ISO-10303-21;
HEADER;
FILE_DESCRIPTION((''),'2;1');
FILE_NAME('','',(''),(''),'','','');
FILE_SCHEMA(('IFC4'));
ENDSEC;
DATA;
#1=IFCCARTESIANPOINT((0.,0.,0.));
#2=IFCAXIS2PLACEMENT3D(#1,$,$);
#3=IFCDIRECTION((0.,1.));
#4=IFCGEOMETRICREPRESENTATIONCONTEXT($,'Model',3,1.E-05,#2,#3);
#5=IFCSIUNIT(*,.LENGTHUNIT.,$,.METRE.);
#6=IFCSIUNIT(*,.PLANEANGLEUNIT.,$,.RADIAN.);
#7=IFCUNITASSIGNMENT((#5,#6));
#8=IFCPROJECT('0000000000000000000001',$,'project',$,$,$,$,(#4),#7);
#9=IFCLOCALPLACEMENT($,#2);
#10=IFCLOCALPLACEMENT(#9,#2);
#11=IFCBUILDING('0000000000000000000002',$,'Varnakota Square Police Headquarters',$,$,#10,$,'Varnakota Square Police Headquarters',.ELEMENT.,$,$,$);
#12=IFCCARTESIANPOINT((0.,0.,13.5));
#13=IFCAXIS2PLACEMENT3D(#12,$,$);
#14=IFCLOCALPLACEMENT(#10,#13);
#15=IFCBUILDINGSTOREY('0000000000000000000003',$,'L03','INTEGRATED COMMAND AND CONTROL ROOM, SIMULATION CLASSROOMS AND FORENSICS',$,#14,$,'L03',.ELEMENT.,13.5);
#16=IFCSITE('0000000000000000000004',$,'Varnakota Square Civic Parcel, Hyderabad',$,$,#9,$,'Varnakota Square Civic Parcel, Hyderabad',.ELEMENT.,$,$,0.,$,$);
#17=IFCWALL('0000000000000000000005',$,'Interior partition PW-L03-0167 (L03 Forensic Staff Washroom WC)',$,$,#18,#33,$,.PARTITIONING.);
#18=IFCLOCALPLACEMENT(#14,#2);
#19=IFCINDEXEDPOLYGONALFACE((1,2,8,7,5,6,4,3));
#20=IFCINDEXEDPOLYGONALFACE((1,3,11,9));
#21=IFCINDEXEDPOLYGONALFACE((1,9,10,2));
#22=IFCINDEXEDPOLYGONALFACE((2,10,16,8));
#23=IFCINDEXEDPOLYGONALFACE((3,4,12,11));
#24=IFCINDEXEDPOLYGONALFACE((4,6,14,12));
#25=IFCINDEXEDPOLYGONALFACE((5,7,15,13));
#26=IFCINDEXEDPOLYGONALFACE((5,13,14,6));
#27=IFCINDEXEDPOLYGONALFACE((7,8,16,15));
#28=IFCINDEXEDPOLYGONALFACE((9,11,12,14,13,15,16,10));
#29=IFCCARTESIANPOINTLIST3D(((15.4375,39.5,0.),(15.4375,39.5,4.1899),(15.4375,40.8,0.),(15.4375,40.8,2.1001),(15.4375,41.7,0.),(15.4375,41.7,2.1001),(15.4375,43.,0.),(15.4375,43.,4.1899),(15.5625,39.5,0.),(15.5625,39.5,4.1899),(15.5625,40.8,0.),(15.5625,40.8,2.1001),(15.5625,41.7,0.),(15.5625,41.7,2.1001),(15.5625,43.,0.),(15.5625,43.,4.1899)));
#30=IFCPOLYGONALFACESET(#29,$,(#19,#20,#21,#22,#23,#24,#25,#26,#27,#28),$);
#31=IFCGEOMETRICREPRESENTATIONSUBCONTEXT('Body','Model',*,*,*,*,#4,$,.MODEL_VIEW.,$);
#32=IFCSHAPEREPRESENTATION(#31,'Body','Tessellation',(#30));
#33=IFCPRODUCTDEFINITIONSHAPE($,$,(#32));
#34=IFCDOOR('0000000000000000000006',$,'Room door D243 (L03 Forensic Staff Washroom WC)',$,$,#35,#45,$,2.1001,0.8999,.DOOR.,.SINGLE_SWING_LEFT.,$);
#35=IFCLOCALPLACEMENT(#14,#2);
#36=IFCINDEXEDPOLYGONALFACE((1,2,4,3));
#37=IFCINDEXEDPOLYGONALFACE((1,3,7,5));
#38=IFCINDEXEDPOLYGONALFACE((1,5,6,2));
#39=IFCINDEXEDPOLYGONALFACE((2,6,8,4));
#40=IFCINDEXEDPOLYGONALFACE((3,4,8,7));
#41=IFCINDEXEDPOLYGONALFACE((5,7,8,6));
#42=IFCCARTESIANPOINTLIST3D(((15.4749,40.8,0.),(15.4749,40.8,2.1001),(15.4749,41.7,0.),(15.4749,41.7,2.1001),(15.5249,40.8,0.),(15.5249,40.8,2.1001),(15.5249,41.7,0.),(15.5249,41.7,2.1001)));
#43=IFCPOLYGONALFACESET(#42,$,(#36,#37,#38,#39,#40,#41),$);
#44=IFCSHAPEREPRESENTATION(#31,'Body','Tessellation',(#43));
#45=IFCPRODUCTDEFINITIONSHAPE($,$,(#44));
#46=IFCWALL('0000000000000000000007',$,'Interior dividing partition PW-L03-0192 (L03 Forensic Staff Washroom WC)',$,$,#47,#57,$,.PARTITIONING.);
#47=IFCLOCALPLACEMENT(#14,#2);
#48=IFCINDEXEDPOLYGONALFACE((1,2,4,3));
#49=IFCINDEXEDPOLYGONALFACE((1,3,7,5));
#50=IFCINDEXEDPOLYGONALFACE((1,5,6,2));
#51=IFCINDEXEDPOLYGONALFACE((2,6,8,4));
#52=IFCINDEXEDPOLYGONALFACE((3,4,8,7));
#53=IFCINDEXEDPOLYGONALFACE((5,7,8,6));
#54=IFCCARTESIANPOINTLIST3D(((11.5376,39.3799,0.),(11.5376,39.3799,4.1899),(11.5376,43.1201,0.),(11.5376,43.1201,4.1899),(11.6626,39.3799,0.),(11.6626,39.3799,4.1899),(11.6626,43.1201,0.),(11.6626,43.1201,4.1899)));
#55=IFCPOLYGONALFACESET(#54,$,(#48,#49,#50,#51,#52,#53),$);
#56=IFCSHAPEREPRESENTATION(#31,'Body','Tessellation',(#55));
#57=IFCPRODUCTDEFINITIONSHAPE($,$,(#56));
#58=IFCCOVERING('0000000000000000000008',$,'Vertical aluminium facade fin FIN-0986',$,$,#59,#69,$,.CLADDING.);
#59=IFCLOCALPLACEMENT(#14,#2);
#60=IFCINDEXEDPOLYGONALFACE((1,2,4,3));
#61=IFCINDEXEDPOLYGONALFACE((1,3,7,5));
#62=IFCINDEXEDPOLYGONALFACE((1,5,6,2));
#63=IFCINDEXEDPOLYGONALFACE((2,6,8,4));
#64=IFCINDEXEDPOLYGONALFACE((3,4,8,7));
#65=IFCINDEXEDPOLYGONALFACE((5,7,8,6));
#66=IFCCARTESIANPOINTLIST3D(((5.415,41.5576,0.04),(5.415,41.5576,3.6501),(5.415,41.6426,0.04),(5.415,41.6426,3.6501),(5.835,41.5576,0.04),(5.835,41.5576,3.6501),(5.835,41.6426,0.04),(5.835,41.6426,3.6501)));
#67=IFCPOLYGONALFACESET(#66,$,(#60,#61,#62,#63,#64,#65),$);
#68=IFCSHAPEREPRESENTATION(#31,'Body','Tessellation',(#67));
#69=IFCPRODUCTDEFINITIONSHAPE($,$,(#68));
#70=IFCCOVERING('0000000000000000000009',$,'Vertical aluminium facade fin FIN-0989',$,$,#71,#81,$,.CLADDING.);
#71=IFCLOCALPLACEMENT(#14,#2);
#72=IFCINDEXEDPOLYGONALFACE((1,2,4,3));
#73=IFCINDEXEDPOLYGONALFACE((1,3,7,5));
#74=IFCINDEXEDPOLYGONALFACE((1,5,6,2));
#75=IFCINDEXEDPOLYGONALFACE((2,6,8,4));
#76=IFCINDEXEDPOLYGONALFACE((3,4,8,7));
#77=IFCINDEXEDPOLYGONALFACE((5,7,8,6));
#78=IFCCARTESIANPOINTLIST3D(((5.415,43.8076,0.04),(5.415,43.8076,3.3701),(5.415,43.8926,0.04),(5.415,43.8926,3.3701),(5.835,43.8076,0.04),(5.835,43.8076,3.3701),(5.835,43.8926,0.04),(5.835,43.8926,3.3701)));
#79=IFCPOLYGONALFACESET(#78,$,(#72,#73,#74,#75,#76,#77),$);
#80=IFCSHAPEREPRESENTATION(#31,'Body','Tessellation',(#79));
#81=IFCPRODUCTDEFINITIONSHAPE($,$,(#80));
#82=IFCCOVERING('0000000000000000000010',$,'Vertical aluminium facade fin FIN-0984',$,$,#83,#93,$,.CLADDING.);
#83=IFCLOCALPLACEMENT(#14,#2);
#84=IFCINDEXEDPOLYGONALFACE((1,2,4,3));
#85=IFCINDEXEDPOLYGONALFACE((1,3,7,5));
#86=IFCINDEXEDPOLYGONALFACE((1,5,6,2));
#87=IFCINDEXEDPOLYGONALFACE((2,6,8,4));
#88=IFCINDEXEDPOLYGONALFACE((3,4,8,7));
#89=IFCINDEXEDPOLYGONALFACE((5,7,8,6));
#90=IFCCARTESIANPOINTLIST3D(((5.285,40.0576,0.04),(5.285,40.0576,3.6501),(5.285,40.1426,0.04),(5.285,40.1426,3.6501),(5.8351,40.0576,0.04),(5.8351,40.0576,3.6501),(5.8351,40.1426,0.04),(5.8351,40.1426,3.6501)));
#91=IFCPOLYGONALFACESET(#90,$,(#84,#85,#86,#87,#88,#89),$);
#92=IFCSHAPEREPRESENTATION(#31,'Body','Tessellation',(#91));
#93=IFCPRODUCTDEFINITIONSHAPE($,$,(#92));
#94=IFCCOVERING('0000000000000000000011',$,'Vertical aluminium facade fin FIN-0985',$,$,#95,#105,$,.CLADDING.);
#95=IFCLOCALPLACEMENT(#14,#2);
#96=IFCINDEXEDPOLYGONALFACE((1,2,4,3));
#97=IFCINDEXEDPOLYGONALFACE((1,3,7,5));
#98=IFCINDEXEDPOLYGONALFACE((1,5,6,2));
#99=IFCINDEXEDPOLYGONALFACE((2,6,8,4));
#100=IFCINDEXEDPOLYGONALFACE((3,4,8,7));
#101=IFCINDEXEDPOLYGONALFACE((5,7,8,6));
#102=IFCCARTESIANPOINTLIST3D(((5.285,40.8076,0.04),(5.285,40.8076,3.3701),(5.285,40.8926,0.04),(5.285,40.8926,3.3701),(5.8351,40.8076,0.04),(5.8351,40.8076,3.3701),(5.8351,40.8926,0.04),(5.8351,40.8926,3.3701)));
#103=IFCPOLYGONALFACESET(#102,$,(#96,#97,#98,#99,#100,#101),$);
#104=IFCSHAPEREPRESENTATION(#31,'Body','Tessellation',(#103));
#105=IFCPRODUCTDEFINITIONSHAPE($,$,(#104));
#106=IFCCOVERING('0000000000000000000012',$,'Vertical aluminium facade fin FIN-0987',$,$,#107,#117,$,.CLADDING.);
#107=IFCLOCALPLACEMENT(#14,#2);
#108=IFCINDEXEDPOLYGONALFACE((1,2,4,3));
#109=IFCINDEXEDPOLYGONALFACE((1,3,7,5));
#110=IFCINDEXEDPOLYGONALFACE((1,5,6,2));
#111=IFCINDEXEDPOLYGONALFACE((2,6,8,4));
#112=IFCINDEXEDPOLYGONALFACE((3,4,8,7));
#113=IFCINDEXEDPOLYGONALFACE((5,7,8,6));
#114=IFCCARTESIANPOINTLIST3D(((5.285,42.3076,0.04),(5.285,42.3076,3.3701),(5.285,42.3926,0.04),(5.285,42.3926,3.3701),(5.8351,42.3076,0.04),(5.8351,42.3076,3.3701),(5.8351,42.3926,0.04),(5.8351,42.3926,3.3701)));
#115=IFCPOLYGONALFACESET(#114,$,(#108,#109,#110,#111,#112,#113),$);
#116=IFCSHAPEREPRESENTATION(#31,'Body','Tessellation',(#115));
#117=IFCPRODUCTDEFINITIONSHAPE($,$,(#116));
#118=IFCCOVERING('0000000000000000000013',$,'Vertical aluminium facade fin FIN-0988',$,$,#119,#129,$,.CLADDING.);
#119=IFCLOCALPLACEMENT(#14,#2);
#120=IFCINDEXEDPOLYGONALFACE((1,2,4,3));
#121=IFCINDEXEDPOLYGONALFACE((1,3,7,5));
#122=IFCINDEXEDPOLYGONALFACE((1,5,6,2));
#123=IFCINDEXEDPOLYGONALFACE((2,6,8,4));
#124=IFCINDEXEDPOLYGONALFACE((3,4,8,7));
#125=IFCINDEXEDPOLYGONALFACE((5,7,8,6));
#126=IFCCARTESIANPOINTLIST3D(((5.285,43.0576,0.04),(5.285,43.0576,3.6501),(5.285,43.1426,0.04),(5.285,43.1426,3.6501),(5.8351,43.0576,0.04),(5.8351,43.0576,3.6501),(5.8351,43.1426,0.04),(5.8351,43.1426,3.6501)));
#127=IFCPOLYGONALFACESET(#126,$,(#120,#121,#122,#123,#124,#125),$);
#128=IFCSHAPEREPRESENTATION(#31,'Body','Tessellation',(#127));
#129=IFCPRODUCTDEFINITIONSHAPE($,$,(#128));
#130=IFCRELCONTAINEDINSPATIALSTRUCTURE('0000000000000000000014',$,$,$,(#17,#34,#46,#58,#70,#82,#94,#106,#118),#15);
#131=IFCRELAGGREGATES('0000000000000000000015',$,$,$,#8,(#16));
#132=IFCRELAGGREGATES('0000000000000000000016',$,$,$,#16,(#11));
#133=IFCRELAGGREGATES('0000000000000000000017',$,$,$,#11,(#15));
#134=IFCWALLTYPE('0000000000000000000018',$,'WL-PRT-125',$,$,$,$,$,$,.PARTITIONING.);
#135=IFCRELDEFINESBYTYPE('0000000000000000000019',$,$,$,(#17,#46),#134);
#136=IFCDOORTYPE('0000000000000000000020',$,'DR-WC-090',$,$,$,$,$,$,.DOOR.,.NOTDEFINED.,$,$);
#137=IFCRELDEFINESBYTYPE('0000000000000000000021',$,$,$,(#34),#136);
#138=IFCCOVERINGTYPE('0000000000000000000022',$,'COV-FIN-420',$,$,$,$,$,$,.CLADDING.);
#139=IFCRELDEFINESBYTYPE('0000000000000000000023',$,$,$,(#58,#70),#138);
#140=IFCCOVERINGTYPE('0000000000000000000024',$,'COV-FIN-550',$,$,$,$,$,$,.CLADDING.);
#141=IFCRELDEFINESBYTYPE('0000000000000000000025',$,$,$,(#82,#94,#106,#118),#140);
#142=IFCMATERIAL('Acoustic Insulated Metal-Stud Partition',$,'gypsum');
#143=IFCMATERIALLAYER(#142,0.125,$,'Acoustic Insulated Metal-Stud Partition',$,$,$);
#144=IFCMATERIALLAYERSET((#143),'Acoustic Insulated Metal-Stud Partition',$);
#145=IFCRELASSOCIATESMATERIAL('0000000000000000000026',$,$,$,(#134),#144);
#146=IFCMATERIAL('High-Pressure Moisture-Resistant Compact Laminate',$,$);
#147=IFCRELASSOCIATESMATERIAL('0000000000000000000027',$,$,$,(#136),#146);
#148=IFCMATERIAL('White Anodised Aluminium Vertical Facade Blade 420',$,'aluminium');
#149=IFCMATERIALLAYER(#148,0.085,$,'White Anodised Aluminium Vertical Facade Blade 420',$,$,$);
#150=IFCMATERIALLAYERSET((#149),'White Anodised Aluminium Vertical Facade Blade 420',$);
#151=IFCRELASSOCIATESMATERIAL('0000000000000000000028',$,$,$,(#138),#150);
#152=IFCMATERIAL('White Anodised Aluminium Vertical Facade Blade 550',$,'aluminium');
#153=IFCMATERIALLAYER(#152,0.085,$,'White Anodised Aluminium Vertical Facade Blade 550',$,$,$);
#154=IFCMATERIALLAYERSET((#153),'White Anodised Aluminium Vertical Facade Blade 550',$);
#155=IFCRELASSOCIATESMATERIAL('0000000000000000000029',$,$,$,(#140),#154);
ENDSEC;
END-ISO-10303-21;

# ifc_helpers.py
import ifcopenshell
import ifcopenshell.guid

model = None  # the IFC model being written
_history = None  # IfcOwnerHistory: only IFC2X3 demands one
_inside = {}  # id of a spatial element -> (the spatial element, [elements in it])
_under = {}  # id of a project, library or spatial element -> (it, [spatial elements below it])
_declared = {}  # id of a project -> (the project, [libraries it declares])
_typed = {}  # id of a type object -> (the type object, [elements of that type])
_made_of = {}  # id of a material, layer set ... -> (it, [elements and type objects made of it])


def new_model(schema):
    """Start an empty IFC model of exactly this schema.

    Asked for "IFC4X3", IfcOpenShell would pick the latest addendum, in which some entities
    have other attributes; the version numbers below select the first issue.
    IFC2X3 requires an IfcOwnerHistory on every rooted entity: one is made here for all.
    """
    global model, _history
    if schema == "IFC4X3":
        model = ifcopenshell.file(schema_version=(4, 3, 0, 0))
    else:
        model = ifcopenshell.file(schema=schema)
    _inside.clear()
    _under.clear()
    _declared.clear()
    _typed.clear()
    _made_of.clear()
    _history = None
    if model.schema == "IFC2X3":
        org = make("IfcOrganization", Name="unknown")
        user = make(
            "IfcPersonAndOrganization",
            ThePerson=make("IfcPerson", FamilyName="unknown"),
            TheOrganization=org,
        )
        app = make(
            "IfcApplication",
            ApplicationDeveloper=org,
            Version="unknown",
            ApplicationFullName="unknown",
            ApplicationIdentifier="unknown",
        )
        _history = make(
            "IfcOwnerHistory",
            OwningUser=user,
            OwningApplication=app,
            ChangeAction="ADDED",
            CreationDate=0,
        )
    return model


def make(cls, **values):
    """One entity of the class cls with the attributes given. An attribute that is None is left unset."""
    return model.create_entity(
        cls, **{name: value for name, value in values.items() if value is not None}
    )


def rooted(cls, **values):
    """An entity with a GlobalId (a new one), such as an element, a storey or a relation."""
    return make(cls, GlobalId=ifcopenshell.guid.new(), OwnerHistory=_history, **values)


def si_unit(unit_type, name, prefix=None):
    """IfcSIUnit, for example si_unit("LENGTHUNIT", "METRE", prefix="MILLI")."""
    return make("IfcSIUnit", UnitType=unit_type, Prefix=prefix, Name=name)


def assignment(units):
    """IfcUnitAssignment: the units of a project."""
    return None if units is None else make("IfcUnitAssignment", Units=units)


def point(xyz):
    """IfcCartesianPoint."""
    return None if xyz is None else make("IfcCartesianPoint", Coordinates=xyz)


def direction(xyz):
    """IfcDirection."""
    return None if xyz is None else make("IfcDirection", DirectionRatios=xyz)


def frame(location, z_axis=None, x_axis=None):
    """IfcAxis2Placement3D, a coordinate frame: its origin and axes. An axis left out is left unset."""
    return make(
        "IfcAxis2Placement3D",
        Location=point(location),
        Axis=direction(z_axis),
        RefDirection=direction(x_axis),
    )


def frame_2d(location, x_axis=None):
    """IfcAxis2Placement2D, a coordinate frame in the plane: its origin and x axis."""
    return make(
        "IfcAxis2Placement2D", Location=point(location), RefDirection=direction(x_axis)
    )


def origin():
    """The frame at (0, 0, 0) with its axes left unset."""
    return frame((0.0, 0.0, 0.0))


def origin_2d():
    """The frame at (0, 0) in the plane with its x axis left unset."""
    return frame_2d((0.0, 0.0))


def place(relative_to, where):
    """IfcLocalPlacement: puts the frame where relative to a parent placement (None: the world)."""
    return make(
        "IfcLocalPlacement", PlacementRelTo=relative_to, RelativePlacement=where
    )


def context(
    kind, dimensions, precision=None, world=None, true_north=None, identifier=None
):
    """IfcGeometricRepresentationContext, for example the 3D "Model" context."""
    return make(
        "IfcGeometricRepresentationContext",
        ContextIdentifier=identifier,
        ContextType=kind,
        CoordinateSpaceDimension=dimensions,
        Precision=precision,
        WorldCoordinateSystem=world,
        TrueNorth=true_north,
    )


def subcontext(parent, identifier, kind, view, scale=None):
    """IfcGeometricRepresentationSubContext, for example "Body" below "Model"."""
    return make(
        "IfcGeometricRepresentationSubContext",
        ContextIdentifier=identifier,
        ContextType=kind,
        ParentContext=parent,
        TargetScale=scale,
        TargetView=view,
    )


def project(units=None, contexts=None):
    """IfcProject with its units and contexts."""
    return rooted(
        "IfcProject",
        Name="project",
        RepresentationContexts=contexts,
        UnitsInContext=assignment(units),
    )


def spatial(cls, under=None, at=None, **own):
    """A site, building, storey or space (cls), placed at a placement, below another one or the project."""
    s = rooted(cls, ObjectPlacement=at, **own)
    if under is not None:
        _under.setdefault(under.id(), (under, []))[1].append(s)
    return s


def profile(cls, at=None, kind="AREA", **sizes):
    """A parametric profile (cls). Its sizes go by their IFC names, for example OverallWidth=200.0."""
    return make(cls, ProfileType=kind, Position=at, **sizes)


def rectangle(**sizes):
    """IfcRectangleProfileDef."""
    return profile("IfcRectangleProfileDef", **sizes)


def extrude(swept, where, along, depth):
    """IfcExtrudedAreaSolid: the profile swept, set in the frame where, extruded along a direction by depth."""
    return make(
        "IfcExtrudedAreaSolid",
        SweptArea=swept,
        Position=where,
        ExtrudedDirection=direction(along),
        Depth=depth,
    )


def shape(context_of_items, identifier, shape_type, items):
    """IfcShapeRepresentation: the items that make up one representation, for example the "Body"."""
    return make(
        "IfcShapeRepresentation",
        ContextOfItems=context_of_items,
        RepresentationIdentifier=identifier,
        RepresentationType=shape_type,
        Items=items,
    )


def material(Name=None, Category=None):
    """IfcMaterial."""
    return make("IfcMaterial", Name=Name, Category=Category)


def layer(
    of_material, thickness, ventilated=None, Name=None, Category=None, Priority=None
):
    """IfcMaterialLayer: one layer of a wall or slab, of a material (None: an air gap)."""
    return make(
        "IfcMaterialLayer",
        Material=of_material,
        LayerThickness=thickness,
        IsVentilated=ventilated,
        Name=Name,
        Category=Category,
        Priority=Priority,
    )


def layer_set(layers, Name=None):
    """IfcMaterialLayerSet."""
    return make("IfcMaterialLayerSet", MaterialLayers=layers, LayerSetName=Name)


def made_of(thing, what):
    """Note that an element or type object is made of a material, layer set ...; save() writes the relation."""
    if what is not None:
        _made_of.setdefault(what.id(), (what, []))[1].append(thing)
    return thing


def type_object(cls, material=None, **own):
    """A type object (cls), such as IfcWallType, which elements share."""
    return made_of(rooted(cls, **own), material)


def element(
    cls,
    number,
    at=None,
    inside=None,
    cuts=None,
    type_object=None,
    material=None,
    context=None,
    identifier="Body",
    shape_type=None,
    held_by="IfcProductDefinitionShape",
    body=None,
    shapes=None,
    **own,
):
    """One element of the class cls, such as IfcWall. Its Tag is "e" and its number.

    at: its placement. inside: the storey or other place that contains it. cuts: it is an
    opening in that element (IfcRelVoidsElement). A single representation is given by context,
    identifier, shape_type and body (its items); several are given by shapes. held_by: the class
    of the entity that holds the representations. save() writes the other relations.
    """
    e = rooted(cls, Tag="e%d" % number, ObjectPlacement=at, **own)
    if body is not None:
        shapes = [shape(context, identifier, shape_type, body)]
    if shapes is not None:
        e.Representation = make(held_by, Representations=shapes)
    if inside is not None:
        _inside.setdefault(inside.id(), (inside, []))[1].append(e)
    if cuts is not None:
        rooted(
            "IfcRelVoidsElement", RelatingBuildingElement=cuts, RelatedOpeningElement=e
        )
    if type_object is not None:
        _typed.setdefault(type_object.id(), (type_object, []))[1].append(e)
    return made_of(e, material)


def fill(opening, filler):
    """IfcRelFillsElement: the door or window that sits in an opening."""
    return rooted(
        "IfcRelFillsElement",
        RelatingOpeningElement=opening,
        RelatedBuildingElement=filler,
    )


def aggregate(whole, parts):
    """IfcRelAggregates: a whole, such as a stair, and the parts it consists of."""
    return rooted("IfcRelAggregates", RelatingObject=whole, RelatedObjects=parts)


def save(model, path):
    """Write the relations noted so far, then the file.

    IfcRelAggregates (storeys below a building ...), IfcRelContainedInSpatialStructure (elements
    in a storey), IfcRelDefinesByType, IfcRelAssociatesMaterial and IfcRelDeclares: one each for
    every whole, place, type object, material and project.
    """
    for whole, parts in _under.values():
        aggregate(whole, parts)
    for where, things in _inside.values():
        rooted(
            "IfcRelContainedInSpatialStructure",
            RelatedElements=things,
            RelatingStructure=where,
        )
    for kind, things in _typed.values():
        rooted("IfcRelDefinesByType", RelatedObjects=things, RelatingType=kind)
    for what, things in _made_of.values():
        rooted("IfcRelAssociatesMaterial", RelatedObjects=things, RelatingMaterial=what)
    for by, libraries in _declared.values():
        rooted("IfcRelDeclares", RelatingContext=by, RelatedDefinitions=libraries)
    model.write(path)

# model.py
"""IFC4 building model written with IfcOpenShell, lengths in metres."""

from ifc_helpers import new_model, si_unit, direction, frame, frame_2d, origin, origin_2d, place, context, subcontext, project, spatial, rectangle, extrude, material, layer, layer_set, type_object, element, fill, save


model = new_model("IFC4")

# Units and contexts
model_context = context("Model", 3, precision=1e-05, world=origin(), true_north=direction((0.0, 1.0)))
body_context = subcontext(model_context, "Body", "Model", "MODEL_VIEW")
ifc_project = project(units=[si_unit("LENGTHUNIT", "METRE"), si_unit("PLANEANGLEUNIT", "RADIAN")], contexts=[model_context])

# Site, building, storey
site_placement = place(None, origin())
site = spatial("IfcSite", under=ifc_project, at=site_placement, Name="Varnakota Square Civic Parcel, Hyderabad", LongName="Varnakota Square Civic Parcel, Hyderabad", CompositionType="ELEMENT", RefElevation=0.0)
building_placement = place(site_placement, origin())
building = spatial("IfcBuilding", under=site, at=building_placement, Name="Varnakota Square Police Headquarters", LongName="Varnakota Square Police Headquarters", CompositionType="ELEMENT")
storey_placement = place(building_placement, frame((0.0, 0.0, 13.5)))
storey = spatial("IfcBuildingStorey", under=building, at=storey_placement, Name="L03", Description="INTEGRATED COMMAND AND CONTROL ROOM, SIMULATION CLASSROOMS AND FORENSICS", LongName="L03", CompositionType="ELEMENT", Elevation=13.5)

# Wall, opening, door
ifc_material_1 = material(Name="Acoustic Insulated Metal-Stud Partition", Category="gypsum")
ifc_layer_1 = layer(ifc_material_1, 0.125, Name="Acoustic Insulated Metal-Stud Partition")
ifc_layer_set_1 = layer_set([ifc_layer_1], Name="Acoustic Insulated Metal-Stud Partition")
wall_type_1 = type_object("IfcWallType", Name="WL-PRT-125", PredefinedType="PARTITIONING", material=ifc_layer_set_1)
wall_1_placement = place(storey_placement, frame((15.5, 43.0, 0.0), z_axis=(0.0, 0.0, 1.0), x_axis=(0.0, -1.0, 0.0)))
wall_1 = element("IfcWall", 1, at=wall_1_placement, inside=storey, type_object=wall_type_1, Name="Interior partition PW-L03-0167 (L03 Forensic Staff Washroom WC)", PredefinedType="PARTITIONING", context=body_context, shape_type="SweptSolid", body=[
    extrude(rectangle(XDim=3.5, YDim=0.125, at=frame_2d((1.75, 0.0))), origin(), (0.0, 0.0, 1.0), 4.1899),
])
opening_placement = place(wall_1_placement, frame((1.3, 0.0, 0.0)))
opening = element("IfcOpeningElement", 2, at=opening_placement, cuts=wall_1, PredefinedType="OPENING", context=body_context, shape_type="SweptSolid", body=[
    extrude(rectangle(XDim=0.8999, YDim=2.1001, at=frame_2d((0.45, 1.05))), frame((0.0, 0.0725, 0.0), z_axis=(0.0, -1.0, 0.0), x_axis=(1.0, 0.0, 0.0)), (0.0, 0.0, 1.0), 0.145),
])
ifc_material_2 = material(Name="High-Pressure Moisture-Resistant Compact Laminate")
door_type = type_object("IfcDoorType", Name="DR-WC-090", OperationType="NOTDEFINED", PredefinedType="DOOR", material=ifc_material_2)
door_placement = place(opening_placement, origin())
door = element("IfcDoor", 3, at=door_placement, inside=storey, type_object=door_type, Name="Room door D243 (L03 Forensic Staff Washroom WC)", OperationType="SINGLE_SWING_LEFT", OverallHeight=2.1001, OverallWidth=0.8999, PredefinedType="DOOR", context=body_context, shape_type="SweptSolid", body=[
    extrude(rectangle(XDim=0.8999, YDim=2.1001, at=frame_2d((0.45, 1.05))), frame((0.0, 0.0249, 0.0), z_axis=(0.0, -1.0, 0.0), x_axis=(1.0, 0.0, 0.0)), (0.0, 0.0, 1.0), 0.05),
])
fill(opening, door)

# Wall
wall_2_placement = place(storey_placement, frame((11.6001, 39.3799, 0.0), z_axis=(0.0, 0.0, 1.0), x_axis=(0.0, 1.0, 0.0)))
element("IfcWall", 4, at=wall_2_placement, inside=storey, type_object=wall_type_1, Name="Interior dividing partition PW-L03-0192 (L03 Forensic Staff Washroom WC)", PredefinedType="PARTITIONING", context=body_context, shape_type="SweptSolid", body=[
    extrude(rectangle(XDim=3.7402, YDim=0.125, at=frame_2d((1.8701, 0.0))), origin(), (0.0, 0.0, 1.0), 4.1899),
])

# Coverings
ifc_material_3 = material(Name="White Anodised Aluminium Vertical Facade Blade 420", Category="aluminium")
ifc_layer_2 = layer(ifc_material_3, 0.085, Name="White Anodised Aluminium Vertical Facade Blade 420")
ifc_layer_set_2 = layer_set([ifc_layer_2], Name="White Anodised Aluminium Vertical Facade Blade 420")
covering_type_1 = type_object("IfcCoveringType", Name="COV-FIN-420", PredefinedType="CLADDING", material=ifc_layer_set_2)
covering_1_placement = place(storey_placement, frame((5.625, 41.6001, 0.04), z_axis=(0.0, 0.0, 1.0), x_axis=(0.0, 1.0, 0.0)))
element("IfcCovering", 5, at=covering_1_placement, inside=storey, type_object=covering_type_1, Name="Vertical aluminium facade fin FIN-0986", PredefinedType="CLADDING", context=body_context, shape_type="SweptSolid", body=[
    extrude(rectangle(XDim=0.085, YDim=0.4199, at=origin_2d()), origin(), (0.0, 0.0, 1.0), 3.6101),
])
covering_2_placement = place(storey_placement, frame((5.625, 43.8501, 0.04), z_axis=(0.0, 0.0, 1.0), x_axis=(0.0, 1.0, 0.0)))
element("IfcCovering", 6, at=covering_2_placement, inside=storey, type_object=covering_type_1, Name="Vertical aluminium facade fin FIN-0989", PredefinedType="CLADDING", context=body_context, shape_type="SweptSolid", body=[
    extrude(rectangle(XDim=0.085, YDim=0.4199, at=origin_2d()), origin(), (0.0, 0.0, 1.0), 3.3301),
])
ifc_material_4 = material(Name="White Anodised Aluminium Vertical Facade Blade 550", Category="aluminium")
ifc_layer_3 = layer(ifc_material_4, 0.085, Name="White Anodised Aluminium Vertical Facade Blade 550")
ifc_layer_set_3 = layer_set([ifc_layer_3], Name="White Anodised Aluminium Vertical Facade Blade 550")
covering_type_2 = type_object("IfcCoveringType", Name="COV-FIN-550", PredefinedType="CLADDING", material=ifc_layer_set_3)
covering_3_placement = place(storey_placement, frame((5.5601, 40.1001, 0.04), z_axis=(0.0, 0.0, 1.0), x_axis=(0.0, 1.0, 0.0)))
element("IfcCovering", 7, at=covering_3_placement, inside=storey, type_object=covering_type_2, Name="Vertical aluminium facade fin FIN-0984", PredefinedType="CLADDING", context=body_context, shape_type="SweptSolid", body=[
    extrude(rectangle(XDim=0.085, YDim=0.55, at=origin_2d()), origin(), (0.0, 0.0, 1.0), 3.6101),
])
for number, where, z_axis, x_axis, name in (
    (8, (5.5601, 40.8501, 0.04), (0.0, 0.0, 1.0), (0.0, 1.0, 0.0), "Vertical aluminium facade fin FIN-0985"),
    (9, (5.5601, 42.3501, 0.04), (0.0, 0.0, 1.0), (0.0, 1.0, 0.0), "Vertical aluminium facade fin FIN-0987"),
):
    element("IfcCovering", number, at=place(storey_placement, frame(where, z_axis=z_axis, x_axis=x_axis)), inside=storey, type_object=covering_type_2, Name=name, PredefinedType="CLADDING", context=body_context, shape_type="SweptSolid", body=[
        extrude(rectangle(XDim=0.085, YDim=0.55, at=origin_2d()), origin(), (0.0, 0.0, 1.0), 3.3301),
    ])
covering_4_placement = place(storey_placement, frame((5.5601, 43.1001, 0.04), z_axis=(0.0, 0.0, 1.0), x_axis=(0.0, 1.0, 0.0)))
element("IfcCovering", 10, at=covering_4_placement, inside=storey, type_object=covering_type_2, Name="Vertical aluminium facade fin FIN-0988", PredefinedType="CLADDING", context=body_context, shape_type="SweptSolid", body=[
    extrude(rectangle(XDim=0.085, YDim=0.55, at=origin_2d()), origin(), (0.0, 0.0, 1.0), 3.6101),
])

save(model, "model.ifc")
